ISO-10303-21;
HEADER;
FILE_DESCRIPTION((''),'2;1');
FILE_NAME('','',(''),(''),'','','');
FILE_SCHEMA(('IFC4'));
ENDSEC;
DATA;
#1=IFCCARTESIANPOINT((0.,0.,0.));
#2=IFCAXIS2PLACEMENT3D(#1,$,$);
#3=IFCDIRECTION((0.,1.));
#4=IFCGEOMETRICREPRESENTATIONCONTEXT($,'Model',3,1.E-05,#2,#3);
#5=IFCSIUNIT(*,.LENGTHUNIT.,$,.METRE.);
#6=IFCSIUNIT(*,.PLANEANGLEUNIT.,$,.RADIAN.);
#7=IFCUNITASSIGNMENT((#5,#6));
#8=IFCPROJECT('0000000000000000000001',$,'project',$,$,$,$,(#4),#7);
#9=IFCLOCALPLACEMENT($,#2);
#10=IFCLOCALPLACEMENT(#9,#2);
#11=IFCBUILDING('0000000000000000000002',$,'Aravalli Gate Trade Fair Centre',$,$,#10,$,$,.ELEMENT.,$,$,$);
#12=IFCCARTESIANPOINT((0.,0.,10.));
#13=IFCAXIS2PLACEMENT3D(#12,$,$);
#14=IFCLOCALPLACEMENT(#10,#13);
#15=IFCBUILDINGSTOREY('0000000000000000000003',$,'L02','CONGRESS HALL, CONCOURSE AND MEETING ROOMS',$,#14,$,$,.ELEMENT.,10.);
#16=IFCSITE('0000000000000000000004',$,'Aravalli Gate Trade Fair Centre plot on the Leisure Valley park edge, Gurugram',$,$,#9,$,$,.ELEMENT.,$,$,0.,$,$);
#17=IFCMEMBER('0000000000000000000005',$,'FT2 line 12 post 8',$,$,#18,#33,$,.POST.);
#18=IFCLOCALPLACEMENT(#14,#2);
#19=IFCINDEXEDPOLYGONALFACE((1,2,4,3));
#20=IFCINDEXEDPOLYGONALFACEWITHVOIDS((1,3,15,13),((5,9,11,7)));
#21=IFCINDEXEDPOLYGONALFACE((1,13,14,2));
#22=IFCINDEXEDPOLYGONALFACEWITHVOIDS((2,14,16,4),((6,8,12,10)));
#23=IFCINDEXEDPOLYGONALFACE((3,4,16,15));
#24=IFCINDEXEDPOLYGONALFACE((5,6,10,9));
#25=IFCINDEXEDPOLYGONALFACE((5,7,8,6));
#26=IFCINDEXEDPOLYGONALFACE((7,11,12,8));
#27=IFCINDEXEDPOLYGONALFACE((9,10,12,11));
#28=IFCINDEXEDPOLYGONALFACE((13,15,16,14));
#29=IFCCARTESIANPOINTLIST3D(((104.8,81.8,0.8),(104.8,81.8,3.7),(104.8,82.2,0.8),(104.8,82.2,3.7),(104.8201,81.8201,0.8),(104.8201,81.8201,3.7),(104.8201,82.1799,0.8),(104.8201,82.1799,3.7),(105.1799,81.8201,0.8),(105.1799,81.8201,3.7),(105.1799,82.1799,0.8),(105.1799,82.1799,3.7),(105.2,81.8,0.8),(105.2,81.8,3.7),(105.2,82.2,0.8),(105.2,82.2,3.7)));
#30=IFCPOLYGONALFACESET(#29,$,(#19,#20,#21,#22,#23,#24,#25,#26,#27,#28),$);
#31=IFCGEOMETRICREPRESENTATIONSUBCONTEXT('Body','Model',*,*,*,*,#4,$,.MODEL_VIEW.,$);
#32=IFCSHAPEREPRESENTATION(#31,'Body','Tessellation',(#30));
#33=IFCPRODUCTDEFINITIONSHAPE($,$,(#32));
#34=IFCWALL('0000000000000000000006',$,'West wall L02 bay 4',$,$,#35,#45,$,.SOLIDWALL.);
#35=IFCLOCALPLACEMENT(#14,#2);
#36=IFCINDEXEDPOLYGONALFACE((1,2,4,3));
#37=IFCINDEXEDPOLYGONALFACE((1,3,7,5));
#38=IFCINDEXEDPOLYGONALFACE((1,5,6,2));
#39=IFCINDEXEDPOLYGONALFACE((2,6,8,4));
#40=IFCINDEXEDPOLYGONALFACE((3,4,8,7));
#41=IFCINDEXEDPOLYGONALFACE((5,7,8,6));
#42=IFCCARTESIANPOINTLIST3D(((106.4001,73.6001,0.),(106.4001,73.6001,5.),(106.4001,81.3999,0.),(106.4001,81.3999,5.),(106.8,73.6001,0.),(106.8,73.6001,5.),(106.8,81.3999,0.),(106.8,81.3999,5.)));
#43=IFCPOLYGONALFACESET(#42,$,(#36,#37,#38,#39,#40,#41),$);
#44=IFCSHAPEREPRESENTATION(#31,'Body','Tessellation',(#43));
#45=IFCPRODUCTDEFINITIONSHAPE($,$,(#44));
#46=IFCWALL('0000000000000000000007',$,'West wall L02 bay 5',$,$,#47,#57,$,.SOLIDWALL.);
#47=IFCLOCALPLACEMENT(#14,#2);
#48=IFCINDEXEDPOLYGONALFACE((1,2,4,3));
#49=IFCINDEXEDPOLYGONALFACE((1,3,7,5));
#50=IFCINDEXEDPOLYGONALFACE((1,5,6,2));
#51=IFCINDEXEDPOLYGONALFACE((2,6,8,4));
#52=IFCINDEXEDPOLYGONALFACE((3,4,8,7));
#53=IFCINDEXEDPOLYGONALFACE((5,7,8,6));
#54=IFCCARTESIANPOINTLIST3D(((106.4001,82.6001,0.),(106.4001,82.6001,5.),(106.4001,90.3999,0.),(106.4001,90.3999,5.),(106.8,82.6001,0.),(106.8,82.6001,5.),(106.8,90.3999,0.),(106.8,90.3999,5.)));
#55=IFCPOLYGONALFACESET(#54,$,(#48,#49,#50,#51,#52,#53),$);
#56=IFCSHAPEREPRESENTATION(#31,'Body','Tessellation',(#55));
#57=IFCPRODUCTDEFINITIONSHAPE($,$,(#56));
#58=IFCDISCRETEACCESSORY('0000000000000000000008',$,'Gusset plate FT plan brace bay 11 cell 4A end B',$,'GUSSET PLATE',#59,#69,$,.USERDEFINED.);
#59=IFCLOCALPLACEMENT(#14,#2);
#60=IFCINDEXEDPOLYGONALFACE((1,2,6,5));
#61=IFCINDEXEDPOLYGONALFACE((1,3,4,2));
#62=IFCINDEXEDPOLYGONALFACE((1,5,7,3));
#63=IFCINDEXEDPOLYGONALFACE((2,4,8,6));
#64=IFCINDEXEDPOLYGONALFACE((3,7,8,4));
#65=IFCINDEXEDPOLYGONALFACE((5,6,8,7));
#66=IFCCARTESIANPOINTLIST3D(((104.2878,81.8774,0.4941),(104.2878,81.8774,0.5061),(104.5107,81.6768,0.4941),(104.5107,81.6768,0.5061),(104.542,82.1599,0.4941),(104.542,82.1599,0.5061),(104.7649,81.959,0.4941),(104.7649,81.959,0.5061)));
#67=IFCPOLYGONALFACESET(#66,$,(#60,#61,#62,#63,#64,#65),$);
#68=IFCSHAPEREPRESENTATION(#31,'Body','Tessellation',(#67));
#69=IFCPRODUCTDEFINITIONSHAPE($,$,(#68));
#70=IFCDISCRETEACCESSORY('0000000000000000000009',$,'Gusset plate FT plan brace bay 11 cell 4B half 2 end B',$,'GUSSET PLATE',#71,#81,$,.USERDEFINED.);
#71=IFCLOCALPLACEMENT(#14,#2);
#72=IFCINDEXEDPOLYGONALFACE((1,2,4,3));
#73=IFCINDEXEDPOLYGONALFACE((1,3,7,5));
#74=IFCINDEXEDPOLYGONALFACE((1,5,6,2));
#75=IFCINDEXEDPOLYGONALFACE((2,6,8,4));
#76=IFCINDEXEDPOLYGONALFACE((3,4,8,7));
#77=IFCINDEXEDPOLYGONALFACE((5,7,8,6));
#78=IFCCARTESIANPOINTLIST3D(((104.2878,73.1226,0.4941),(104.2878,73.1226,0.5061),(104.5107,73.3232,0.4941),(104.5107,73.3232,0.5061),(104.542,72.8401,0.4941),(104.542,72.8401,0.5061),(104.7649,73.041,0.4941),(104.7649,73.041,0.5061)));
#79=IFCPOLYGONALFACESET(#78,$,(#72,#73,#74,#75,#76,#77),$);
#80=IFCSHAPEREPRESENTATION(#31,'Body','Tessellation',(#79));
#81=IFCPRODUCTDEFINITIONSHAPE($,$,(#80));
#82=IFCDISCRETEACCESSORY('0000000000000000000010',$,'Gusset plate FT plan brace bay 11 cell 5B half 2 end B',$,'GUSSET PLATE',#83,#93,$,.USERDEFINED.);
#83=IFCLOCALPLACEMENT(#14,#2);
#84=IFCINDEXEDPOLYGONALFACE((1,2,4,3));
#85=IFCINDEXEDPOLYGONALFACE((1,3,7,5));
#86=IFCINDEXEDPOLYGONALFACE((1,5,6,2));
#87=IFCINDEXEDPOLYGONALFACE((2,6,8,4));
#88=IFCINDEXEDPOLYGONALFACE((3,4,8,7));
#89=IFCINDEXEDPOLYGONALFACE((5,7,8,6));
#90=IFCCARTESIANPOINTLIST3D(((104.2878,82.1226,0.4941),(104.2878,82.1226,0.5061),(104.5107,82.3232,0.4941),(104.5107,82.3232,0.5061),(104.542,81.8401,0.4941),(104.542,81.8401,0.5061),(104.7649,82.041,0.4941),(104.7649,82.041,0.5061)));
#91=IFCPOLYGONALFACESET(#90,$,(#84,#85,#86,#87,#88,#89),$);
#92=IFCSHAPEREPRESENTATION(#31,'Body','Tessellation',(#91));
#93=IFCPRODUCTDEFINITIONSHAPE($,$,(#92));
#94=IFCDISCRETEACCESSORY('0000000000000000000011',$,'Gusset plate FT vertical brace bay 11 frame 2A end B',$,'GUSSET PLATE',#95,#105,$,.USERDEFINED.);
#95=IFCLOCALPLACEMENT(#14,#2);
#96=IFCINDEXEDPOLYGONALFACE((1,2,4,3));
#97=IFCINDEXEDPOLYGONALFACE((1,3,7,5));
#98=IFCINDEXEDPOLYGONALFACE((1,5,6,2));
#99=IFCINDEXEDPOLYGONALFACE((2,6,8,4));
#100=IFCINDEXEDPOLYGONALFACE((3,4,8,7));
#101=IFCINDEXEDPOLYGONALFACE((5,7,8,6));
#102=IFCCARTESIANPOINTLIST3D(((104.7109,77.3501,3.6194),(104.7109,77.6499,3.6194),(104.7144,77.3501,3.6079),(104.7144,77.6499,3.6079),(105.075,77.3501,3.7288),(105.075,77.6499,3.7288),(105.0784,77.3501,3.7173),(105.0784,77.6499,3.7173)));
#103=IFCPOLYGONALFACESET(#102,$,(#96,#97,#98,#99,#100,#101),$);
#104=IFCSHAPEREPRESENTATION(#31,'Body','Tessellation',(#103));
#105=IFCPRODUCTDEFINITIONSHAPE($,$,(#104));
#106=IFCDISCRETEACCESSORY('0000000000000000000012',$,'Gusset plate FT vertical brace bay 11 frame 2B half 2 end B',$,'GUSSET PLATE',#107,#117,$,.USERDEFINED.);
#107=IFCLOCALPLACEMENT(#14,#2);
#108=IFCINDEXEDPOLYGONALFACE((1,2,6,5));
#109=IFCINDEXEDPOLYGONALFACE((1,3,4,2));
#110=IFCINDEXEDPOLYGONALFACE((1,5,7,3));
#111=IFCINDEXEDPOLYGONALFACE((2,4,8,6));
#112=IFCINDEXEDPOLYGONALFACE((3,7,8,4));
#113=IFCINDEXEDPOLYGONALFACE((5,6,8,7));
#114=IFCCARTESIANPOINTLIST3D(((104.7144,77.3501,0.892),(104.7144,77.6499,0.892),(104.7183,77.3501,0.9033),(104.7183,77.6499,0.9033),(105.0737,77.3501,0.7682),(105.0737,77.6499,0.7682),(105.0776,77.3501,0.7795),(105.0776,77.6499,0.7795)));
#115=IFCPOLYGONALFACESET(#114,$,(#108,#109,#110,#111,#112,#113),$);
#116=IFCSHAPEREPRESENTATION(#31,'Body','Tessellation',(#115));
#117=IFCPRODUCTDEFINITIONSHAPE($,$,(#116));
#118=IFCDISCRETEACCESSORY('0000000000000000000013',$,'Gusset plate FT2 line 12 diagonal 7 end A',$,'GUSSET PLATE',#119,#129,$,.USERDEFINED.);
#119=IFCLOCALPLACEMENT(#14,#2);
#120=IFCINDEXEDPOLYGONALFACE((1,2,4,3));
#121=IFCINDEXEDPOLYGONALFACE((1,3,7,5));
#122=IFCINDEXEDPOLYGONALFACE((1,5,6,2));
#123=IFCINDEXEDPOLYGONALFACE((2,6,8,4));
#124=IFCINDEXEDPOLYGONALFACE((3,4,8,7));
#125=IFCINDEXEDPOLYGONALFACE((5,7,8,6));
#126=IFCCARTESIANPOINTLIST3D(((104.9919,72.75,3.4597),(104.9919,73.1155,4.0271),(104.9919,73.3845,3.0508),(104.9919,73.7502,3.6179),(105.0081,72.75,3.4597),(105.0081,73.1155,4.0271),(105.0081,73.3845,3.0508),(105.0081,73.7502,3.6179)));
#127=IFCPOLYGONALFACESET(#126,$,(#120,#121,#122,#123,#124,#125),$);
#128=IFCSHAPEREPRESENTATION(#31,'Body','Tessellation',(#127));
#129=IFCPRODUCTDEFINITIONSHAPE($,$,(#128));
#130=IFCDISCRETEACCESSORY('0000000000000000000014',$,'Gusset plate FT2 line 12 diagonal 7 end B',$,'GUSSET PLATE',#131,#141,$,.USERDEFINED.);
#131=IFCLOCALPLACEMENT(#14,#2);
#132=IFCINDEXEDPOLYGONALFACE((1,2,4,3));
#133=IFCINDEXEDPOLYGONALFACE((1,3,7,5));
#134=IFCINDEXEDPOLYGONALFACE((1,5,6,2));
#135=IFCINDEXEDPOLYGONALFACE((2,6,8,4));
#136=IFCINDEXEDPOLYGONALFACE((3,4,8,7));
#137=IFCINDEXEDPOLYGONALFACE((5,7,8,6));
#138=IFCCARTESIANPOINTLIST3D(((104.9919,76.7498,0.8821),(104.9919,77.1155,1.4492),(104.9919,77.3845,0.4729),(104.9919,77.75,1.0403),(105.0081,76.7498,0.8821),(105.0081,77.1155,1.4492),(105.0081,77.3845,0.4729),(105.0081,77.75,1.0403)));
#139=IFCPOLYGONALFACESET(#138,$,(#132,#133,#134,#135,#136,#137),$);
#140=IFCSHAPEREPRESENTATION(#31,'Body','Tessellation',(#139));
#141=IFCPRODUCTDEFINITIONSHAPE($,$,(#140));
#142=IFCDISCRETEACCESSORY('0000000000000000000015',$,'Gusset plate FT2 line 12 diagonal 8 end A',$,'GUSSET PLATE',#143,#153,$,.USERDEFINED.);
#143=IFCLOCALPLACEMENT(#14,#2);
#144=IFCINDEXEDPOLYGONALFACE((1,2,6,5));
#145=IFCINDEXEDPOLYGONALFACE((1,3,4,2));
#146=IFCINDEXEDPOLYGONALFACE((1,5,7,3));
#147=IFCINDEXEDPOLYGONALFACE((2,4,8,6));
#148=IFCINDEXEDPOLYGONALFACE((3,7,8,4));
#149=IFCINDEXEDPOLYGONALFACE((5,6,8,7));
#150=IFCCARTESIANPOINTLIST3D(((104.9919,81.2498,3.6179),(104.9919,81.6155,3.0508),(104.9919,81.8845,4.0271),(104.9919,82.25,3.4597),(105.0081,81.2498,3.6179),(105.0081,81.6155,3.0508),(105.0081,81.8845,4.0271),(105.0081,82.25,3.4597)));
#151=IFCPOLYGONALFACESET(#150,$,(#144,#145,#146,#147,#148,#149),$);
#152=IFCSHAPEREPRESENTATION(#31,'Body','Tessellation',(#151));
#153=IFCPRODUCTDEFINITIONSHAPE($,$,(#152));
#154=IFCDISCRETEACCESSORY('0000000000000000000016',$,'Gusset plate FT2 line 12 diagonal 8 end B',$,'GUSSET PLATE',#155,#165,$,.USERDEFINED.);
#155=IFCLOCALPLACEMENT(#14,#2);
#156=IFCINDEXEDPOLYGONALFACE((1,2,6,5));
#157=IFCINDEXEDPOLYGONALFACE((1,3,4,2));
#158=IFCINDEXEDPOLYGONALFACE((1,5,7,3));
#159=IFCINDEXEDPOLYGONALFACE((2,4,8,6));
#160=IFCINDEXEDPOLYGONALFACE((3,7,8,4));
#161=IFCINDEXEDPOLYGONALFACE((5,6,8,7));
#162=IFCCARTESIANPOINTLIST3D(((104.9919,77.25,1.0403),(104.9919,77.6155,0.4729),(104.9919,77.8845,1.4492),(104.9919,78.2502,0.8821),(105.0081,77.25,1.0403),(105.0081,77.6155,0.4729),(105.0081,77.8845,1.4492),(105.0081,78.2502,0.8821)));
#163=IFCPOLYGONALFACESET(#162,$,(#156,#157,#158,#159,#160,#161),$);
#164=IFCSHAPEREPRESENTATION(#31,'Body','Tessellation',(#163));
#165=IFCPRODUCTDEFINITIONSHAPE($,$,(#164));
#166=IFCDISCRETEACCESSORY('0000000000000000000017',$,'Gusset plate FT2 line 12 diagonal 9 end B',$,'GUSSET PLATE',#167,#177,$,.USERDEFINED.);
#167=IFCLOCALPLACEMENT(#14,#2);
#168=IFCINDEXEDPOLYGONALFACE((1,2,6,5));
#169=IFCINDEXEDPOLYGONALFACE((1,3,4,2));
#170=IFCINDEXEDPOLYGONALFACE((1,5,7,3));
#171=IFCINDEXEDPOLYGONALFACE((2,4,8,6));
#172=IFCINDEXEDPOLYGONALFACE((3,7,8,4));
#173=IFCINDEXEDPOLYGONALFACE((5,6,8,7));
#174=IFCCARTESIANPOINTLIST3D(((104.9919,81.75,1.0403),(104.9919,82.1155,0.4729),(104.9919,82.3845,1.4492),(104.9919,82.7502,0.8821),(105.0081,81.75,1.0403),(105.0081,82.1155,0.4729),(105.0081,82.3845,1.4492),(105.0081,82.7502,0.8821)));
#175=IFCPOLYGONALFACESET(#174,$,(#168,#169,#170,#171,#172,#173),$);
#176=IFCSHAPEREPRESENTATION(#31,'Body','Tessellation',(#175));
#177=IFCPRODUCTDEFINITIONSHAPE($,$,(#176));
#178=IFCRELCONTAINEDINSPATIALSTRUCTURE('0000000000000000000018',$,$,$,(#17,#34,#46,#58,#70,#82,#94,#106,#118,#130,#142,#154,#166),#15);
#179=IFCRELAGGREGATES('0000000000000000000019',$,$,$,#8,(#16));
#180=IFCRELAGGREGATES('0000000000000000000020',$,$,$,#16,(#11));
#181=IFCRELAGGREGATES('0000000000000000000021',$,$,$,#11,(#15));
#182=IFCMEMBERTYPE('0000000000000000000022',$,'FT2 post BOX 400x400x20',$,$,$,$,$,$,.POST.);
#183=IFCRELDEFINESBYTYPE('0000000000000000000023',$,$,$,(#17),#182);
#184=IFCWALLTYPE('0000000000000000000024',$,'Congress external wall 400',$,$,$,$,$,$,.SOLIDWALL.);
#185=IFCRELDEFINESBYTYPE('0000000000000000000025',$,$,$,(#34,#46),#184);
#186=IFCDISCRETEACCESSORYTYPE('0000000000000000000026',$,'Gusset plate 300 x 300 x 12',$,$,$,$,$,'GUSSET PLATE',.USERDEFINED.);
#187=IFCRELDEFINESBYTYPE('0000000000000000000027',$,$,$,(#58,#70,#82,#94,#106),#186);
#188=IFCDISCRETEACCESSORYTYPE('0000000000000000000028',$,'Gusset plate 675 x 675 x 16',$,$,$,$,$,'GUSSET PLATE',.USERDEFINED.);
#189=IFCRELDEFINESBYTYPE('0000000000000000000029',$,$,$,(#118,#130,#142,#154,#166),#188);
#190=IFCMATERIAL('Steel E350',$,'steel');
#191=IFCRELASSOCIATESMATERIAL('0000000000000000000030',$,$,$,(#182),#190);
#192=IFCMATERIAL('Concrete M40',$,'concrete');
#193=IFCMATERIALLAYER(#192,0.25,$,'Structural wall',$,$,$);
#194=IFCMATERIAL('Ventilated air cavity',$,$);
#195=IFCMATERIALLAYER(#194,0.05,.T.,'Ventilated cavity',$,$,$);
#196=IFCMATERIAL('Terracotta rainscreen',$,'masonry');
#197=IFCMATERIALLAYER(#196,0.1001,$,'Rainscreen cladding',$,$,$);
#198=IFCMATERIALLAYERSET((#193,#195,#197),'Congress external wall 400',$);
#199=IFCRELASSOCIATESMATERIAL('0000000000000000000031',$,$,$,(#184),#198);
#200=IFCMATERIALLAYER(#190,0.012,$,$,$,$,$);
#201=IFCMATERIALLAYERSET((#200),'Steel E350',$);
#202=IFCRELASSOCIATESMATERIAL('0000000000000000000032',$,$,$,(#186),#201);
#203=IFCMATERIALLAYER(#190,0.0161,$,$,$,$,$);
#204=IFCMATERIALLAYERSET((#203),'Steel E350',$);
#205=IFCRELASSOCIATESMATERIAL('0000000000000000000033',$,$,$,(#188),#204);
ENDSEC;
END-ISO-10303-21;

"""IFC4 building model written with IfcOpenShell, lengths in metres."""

from ifc_helpers import new_model, si_unit, direction, frame, frame_2d, origin, origin_2d, place, context, subcontext, project, spatial, polyline, rectangle, hollow_rectangle, outline, extrude, material, layer, layer_set, material_profile, profile_set, type_object, element, save


model = new_model("IFC4")

# Units and contexts
model_context = context("Model", 3, precision=1e-05, world=origin(), true_north=direction((0.0, 1.0)))
body_context = subcontext(model_context, "Body", "Model", "MODEL_VIEW")
ifc_project = project(units=[si_unit("LENGTHUNIT", "METRE"), si_unit("PLANEANGLEUNIT", "RADIAN")], contexts=[model_context])

# Site, building, storey
site_placement = place(None, origin())
site = spatial("IfcSite", under=ifc_project, at=site_placement, Name="Aravalli Gate Trade Fair Centre plot on the Leisure Valley park edge, Gurugram", CompositionType="ELEMENT", RefElevation=0.0)
building_placement = place(site_placement, origin())
building = spatial("IfcBuilding", under=site, at=building_placement, Name="Aravalli Gate Trade Fair Centre", CompositionType="ELEMENT")
storey_placement = place(building_placement, frame((0.0, 0.0, 10.0)))
storey = spatial("IfcBuildingStorey", under=building, at=storey_placement, Name="L02", Description="CONGRESS HALL, CONCOURSE AND MEETING ROOMS", CompositionType="ELEMENT", Elevation=10.0)

# Member
ifc_material_1 = material(Name="Steel E350", Category="steel")
ifc_material_profile_1 = material_profile(ifc_material_1, hollow_rectangle(XDim=0.3999, YDim=0.3999, WallThickness=0.02, at=origin_2d()), Name="BOX 400x400x20")
ifc_profile_set_1 = profile_set([ifc_material_profile_1], Name="Steel E350")
member_type_1 = type_object("IfcMemberType", Name="FT2 post BOX 400x400x20", PredefinedType="POST", material=ifc_profile_set_1)
for number, where, z_axis, x_axis, name in (
    (1, (105.0, 82.0, 0.8), (0.0, 0.0, 1.0), (1.0, 0.0, 0.0), "FT2 line 12 post 8"),
):
    element("IfcMember", number, at=place(storey_placement, frame(where, z_axis=z_axis, x_axis=x_axis)), inside=storey, type_object=member_type_1, Name=name, PredefinedType="POST", context=body_context, shape_type="SweptSolid", body=[
        extrude(hollow_rectangle(XDim=0.3999, YDim=0.3999, WallThickness=0.02, at=origin_2d()), origin(), (0.0, 0.0, 1.0), 2.8999),
    ])

# Walls
ifc_material_2 = material(Name="Concrete M40", Category="concrete")
ifc_layer_1 = layer(ifc_material_2, 0.25, Name="Structural wall")
ifc_material_3 = material(Name="Ventilated air cavity")
ifc_layer_2 = layer(ifc_material_3, 0.05, ventilated=True, Name="Ventilated cavity")
ifc_material_4 = material(Name="Terracotta rainscreen", Category="masonry")
ifc_layer_3 = layer(ifc_material_4, 0.1001, Name="Rainscreen cladding")
ifc_layer_set_1 = layer_set([ifc_layer_1, ifc_layer_2, ifc_layer_3], Name="Congress external wall 400")
wall_type = type_object("IfcWallType", Name="Congress external wall 400", PredefinedType="SOLIDWALL", material=ifc_layer_set_1)
for number, where, z_axis, x_axis, name in (
    (2, (106.6001, 73.6001, 0.0), (0.0, 0.0, 1.0), (0.0, 1.0, 0.0), "West wall L02 bay 4"),
    (3, (106.6001, 82.6001, 0.0), (0.0, 0.0, 1.0), (0.0, 1.0, 0.0), "West wall L02 bay 5"),
):
    element("IfcWall", number, at=place(storey_placement, frame(where, z_axis=z_axis, x_axis=x_axis)), inside=storey, type_object=wall_type, Name=name, PredefinedType="SOLIDWALL", context=body_context, shape_type="SweptSolid", body=[
        extrude(rectangle(XDim=7.7998, YDim=0.3999, at=frame_2d((3.8999, 0.0))), origin(), (0.0, 0.0, 1.0), 5.0),
    ])

# Discrete accessories
ifc_layer_4 = layer(ifc_material_1, 0.012)
ifc_layer_set_2 = layer_set([ifc_layer_4], Name="Steel E350")
discrete_accessory_type_1 = type_object("IfcDiscreteAccessoryType", Name="Gusset plate 300 x 300 x 12", ElementType="GUSSET PLATE", PredefinedType="USERDEFINED", material=ifc_layer_set_2)
discrete_accessory_1_placement = place(storey_placement, frame((104.2878, 81.8774, 0.5061), z_axis=(0.0, 0.0, 1.0), x_axis=(0.668858, 0.74339, 0.0)))
element("IfcDiscreteAccessory", 4, at=discrete_accessory_1_placement, inside=storey, type_object=discrete_accessory_type_1, Name="Gusset plate FT plan brace bay 11 cell 4A end B", ObjectType="GUSSET PLATE", PredefinedType="USERDEFINED", context=body_context, shape_type="SweptSolid", body=[
    extrude(outline(polyline([(0.0, 0.0), (0.38, 0.0), (0.3797, -0.3001), (-0.0001, -0.2999), (0.0, 0.0)])), origin(), (0.0, 0.0, -1.0), 0.012),
])
for number, where, z_axis, x_axis, name in (
    (5, (104.2878, 73.1226, 0.5061), (0.0, 0.0, 1.0), (0.668858, -0.74339, 0.0), "Gusset plate FT plan brace bay 11 cell 4B half 2 end B"),
    (6, (104.2878, 82.1226, 0.5061), (0.0, 0.0, 1.0), (0.668858, -0.74339, 0.0), "Gusset plate FT plan brace bay 11 cell 5B half 2 end B"),
):
    element("IfcDiscreteAccessory", number, at=place(storey_placement, frame(where, z_axis=z_axis, x_axis=x_axis)), inside=storey, type_object=discrete_accessory_type_1, Name=name, ObjectType="GUSSET PLATE", PredefinedType="USERDEFINED", context=body_context, shape_type="SweptSolid", body=[
        extrude(outline(polyline([(0.0, 0.0), (0.38, 0.0), (0.3797, 0.3001), (-0.0001, 0.2999), (0.0, 0.0)])), origin(), (0.0, 0.0, -1.0), 0.012),
    ])
discrete_accessory_2_placement = place(storey_placement, frame((104.7109, 77.3501, 3.6194), z_axis=(-0.28776, 0.0, 0.957702), x_axis=(0.957702, 0.0, 0.28776)))
element("IfcDiscreteAccessory", 7, at=discrete_accessory_2_placement, inside=storey, type_object=discrete_accessory_type_1, Name="Gusset plate FT vertical brace bay 11 frame 2A end B", ObjectType="GUSSET PLATE", PredefinedType="USERDEFINED", context=body_context, shape_type="SweptSolid", body=[
    extrude(outline(polyline([(0.0, 0.0), (0.3801, 0.0), (0.3801, 0.2998), (0.0, 0.2998), (0.0, 0.0)])), origin(), (0.0, 0.0, -1.0), 0.012),
])
discrete_accessory_3_placement = place(storey_placement, frame((104.7183, 77.3501, 0.9033), z_axis=(0.325654, 0.0, 0.945489), x_axis=(0.945489, 0.0, -0.325654)))
element("IfcDiscreteAccessory", 8, at=discrete_accessory_3_placement, inside=storey, type_object=discrete_accessory_type_1, Name="Gusset plate FT vertical brace bay 11 frame 2B half 2 end B", ObjectType="GUSSET PLATE", PredefinedType="USERDEFINED", context=body_context, shape_type="SweptSolid", body=[
    extrude(outline(polyline([(0.0, 0.0), (0.3801, 0.0), (0.3801, 0.2998), (0.0, 0.2998), (0.0, 0.0)])), origin(), (0.0, 0.0, -1.0), 0.012),
])
ifc_layer_5 = layer(ifc_material_1, 0.0161)
ifc_layer_set_3 = layer_set([ifc_layer_5], Name="Steel E350")
discrete_accessory_type_2 = type_object("IfcDiscreteAccessoryType", Name="Gusset plate 675 x 675 x 16", ElementType="GUSSET PLATE", PredefinedType="USERDEFINED", material=ifc_layer_set_3)
discrete_accessory_4_placement = place(storey_placement, frame((104.9919, 73.3845, 3.0508), z_axis=(-1.0, 0.0, 0.0), x_axis=(0.0, -0.840558, 0.541722)))
element("IfcDiscreteAccessory", 9, at=discrete_accessory_4_placement, inside=storey, type_object=discrete_accessory_type_2, Name="Gusset plate FT2 line 12 diagonal 7 end A", ObjectType="GUSSET PLATE", PredefinedType="USERDEFINED", context=body_context, shape_type="SweptSolid", body=[
    extrude(outline(polyline([(0.0, 0.0), (0.7549, 0.0), (0.755, 0.6749), (-0.0002, 0.6748), (0.0, 0.0)])), origin(), (0.0, 0.0, -1.0), 0.0161),
])
for number, where, z_axis, x_axis, name in (
    (10, (105.0081, 76.7498, 0.8821), (1.0, 0.0, 0.0), (0.0, 0.840506, -0.541803), "Gusset plate FT2 line 12 diagonal 7 end B"),
    (11, (104.9919, 81.2498, 3.6179), (-1.0, 0.0, 0.0), (0.0, 0.840506, 0.541803), "Gusset plate FT2 line 12 diagonal 8 end A"),
):
    element("IfcDiscreteAccessory", number, at=place(storey_placement, frame(where, z_axis=z_axis, x_axis=x_axis)), inside=storey, type_object=discrete_accessory_type_2, Name=name, ObjectType="GUSSET PLATE", PredefinedType="USERDEFINED", context=body_context, shape_type="SweptSolid", body=[
        extrude(outline(polyline([(0.0, 0.0), (0.7552, 0.0), (0.755, 0.6749), (0.0001, 0.6748), (0.0, 0.0)])), origin(), (0.0, 0.0, -1.0), 0.0161),
    ])
for number, where, z_axis, x_axis, name in (
    (12, (105.0081, 77.8845, 1.4492), (1.0, 0.0, 0.0), (0.0, -0.840558, -0.541722), "Gusset plate FT2 line 12 diagonal 8 end B"),
    (13, (105.0081, 82.3845, 1.4492), (1.0, 0.0, 0.0), (0.0, -0.840558, -0.541722), "Gusset plate FT2 line 12 diagonal 9 end B"),
):
    element("IfcDiscreteAccessory", number, at=place(storey_placement, frame(where, z_axis=z_axis, x_axis=x_axis)), inside=storey, type_object=discrete_accessory_type_2, Name=name, ObjectType="GUSSET PLATE", PredefinedType="USERDEFINED", context=body_context, shape_type="SweptSolid", body=[
        extrude(outline(polyline([(0.0, 0.0), (0.7549, 0.0), (0.755, 0.6749), (-0.0002, 0.6748), (0.0, 0.0)])), origin(), (0.0, 0.0, -1.0), 0.0161),
    ])

save(model, "model.ifc")
